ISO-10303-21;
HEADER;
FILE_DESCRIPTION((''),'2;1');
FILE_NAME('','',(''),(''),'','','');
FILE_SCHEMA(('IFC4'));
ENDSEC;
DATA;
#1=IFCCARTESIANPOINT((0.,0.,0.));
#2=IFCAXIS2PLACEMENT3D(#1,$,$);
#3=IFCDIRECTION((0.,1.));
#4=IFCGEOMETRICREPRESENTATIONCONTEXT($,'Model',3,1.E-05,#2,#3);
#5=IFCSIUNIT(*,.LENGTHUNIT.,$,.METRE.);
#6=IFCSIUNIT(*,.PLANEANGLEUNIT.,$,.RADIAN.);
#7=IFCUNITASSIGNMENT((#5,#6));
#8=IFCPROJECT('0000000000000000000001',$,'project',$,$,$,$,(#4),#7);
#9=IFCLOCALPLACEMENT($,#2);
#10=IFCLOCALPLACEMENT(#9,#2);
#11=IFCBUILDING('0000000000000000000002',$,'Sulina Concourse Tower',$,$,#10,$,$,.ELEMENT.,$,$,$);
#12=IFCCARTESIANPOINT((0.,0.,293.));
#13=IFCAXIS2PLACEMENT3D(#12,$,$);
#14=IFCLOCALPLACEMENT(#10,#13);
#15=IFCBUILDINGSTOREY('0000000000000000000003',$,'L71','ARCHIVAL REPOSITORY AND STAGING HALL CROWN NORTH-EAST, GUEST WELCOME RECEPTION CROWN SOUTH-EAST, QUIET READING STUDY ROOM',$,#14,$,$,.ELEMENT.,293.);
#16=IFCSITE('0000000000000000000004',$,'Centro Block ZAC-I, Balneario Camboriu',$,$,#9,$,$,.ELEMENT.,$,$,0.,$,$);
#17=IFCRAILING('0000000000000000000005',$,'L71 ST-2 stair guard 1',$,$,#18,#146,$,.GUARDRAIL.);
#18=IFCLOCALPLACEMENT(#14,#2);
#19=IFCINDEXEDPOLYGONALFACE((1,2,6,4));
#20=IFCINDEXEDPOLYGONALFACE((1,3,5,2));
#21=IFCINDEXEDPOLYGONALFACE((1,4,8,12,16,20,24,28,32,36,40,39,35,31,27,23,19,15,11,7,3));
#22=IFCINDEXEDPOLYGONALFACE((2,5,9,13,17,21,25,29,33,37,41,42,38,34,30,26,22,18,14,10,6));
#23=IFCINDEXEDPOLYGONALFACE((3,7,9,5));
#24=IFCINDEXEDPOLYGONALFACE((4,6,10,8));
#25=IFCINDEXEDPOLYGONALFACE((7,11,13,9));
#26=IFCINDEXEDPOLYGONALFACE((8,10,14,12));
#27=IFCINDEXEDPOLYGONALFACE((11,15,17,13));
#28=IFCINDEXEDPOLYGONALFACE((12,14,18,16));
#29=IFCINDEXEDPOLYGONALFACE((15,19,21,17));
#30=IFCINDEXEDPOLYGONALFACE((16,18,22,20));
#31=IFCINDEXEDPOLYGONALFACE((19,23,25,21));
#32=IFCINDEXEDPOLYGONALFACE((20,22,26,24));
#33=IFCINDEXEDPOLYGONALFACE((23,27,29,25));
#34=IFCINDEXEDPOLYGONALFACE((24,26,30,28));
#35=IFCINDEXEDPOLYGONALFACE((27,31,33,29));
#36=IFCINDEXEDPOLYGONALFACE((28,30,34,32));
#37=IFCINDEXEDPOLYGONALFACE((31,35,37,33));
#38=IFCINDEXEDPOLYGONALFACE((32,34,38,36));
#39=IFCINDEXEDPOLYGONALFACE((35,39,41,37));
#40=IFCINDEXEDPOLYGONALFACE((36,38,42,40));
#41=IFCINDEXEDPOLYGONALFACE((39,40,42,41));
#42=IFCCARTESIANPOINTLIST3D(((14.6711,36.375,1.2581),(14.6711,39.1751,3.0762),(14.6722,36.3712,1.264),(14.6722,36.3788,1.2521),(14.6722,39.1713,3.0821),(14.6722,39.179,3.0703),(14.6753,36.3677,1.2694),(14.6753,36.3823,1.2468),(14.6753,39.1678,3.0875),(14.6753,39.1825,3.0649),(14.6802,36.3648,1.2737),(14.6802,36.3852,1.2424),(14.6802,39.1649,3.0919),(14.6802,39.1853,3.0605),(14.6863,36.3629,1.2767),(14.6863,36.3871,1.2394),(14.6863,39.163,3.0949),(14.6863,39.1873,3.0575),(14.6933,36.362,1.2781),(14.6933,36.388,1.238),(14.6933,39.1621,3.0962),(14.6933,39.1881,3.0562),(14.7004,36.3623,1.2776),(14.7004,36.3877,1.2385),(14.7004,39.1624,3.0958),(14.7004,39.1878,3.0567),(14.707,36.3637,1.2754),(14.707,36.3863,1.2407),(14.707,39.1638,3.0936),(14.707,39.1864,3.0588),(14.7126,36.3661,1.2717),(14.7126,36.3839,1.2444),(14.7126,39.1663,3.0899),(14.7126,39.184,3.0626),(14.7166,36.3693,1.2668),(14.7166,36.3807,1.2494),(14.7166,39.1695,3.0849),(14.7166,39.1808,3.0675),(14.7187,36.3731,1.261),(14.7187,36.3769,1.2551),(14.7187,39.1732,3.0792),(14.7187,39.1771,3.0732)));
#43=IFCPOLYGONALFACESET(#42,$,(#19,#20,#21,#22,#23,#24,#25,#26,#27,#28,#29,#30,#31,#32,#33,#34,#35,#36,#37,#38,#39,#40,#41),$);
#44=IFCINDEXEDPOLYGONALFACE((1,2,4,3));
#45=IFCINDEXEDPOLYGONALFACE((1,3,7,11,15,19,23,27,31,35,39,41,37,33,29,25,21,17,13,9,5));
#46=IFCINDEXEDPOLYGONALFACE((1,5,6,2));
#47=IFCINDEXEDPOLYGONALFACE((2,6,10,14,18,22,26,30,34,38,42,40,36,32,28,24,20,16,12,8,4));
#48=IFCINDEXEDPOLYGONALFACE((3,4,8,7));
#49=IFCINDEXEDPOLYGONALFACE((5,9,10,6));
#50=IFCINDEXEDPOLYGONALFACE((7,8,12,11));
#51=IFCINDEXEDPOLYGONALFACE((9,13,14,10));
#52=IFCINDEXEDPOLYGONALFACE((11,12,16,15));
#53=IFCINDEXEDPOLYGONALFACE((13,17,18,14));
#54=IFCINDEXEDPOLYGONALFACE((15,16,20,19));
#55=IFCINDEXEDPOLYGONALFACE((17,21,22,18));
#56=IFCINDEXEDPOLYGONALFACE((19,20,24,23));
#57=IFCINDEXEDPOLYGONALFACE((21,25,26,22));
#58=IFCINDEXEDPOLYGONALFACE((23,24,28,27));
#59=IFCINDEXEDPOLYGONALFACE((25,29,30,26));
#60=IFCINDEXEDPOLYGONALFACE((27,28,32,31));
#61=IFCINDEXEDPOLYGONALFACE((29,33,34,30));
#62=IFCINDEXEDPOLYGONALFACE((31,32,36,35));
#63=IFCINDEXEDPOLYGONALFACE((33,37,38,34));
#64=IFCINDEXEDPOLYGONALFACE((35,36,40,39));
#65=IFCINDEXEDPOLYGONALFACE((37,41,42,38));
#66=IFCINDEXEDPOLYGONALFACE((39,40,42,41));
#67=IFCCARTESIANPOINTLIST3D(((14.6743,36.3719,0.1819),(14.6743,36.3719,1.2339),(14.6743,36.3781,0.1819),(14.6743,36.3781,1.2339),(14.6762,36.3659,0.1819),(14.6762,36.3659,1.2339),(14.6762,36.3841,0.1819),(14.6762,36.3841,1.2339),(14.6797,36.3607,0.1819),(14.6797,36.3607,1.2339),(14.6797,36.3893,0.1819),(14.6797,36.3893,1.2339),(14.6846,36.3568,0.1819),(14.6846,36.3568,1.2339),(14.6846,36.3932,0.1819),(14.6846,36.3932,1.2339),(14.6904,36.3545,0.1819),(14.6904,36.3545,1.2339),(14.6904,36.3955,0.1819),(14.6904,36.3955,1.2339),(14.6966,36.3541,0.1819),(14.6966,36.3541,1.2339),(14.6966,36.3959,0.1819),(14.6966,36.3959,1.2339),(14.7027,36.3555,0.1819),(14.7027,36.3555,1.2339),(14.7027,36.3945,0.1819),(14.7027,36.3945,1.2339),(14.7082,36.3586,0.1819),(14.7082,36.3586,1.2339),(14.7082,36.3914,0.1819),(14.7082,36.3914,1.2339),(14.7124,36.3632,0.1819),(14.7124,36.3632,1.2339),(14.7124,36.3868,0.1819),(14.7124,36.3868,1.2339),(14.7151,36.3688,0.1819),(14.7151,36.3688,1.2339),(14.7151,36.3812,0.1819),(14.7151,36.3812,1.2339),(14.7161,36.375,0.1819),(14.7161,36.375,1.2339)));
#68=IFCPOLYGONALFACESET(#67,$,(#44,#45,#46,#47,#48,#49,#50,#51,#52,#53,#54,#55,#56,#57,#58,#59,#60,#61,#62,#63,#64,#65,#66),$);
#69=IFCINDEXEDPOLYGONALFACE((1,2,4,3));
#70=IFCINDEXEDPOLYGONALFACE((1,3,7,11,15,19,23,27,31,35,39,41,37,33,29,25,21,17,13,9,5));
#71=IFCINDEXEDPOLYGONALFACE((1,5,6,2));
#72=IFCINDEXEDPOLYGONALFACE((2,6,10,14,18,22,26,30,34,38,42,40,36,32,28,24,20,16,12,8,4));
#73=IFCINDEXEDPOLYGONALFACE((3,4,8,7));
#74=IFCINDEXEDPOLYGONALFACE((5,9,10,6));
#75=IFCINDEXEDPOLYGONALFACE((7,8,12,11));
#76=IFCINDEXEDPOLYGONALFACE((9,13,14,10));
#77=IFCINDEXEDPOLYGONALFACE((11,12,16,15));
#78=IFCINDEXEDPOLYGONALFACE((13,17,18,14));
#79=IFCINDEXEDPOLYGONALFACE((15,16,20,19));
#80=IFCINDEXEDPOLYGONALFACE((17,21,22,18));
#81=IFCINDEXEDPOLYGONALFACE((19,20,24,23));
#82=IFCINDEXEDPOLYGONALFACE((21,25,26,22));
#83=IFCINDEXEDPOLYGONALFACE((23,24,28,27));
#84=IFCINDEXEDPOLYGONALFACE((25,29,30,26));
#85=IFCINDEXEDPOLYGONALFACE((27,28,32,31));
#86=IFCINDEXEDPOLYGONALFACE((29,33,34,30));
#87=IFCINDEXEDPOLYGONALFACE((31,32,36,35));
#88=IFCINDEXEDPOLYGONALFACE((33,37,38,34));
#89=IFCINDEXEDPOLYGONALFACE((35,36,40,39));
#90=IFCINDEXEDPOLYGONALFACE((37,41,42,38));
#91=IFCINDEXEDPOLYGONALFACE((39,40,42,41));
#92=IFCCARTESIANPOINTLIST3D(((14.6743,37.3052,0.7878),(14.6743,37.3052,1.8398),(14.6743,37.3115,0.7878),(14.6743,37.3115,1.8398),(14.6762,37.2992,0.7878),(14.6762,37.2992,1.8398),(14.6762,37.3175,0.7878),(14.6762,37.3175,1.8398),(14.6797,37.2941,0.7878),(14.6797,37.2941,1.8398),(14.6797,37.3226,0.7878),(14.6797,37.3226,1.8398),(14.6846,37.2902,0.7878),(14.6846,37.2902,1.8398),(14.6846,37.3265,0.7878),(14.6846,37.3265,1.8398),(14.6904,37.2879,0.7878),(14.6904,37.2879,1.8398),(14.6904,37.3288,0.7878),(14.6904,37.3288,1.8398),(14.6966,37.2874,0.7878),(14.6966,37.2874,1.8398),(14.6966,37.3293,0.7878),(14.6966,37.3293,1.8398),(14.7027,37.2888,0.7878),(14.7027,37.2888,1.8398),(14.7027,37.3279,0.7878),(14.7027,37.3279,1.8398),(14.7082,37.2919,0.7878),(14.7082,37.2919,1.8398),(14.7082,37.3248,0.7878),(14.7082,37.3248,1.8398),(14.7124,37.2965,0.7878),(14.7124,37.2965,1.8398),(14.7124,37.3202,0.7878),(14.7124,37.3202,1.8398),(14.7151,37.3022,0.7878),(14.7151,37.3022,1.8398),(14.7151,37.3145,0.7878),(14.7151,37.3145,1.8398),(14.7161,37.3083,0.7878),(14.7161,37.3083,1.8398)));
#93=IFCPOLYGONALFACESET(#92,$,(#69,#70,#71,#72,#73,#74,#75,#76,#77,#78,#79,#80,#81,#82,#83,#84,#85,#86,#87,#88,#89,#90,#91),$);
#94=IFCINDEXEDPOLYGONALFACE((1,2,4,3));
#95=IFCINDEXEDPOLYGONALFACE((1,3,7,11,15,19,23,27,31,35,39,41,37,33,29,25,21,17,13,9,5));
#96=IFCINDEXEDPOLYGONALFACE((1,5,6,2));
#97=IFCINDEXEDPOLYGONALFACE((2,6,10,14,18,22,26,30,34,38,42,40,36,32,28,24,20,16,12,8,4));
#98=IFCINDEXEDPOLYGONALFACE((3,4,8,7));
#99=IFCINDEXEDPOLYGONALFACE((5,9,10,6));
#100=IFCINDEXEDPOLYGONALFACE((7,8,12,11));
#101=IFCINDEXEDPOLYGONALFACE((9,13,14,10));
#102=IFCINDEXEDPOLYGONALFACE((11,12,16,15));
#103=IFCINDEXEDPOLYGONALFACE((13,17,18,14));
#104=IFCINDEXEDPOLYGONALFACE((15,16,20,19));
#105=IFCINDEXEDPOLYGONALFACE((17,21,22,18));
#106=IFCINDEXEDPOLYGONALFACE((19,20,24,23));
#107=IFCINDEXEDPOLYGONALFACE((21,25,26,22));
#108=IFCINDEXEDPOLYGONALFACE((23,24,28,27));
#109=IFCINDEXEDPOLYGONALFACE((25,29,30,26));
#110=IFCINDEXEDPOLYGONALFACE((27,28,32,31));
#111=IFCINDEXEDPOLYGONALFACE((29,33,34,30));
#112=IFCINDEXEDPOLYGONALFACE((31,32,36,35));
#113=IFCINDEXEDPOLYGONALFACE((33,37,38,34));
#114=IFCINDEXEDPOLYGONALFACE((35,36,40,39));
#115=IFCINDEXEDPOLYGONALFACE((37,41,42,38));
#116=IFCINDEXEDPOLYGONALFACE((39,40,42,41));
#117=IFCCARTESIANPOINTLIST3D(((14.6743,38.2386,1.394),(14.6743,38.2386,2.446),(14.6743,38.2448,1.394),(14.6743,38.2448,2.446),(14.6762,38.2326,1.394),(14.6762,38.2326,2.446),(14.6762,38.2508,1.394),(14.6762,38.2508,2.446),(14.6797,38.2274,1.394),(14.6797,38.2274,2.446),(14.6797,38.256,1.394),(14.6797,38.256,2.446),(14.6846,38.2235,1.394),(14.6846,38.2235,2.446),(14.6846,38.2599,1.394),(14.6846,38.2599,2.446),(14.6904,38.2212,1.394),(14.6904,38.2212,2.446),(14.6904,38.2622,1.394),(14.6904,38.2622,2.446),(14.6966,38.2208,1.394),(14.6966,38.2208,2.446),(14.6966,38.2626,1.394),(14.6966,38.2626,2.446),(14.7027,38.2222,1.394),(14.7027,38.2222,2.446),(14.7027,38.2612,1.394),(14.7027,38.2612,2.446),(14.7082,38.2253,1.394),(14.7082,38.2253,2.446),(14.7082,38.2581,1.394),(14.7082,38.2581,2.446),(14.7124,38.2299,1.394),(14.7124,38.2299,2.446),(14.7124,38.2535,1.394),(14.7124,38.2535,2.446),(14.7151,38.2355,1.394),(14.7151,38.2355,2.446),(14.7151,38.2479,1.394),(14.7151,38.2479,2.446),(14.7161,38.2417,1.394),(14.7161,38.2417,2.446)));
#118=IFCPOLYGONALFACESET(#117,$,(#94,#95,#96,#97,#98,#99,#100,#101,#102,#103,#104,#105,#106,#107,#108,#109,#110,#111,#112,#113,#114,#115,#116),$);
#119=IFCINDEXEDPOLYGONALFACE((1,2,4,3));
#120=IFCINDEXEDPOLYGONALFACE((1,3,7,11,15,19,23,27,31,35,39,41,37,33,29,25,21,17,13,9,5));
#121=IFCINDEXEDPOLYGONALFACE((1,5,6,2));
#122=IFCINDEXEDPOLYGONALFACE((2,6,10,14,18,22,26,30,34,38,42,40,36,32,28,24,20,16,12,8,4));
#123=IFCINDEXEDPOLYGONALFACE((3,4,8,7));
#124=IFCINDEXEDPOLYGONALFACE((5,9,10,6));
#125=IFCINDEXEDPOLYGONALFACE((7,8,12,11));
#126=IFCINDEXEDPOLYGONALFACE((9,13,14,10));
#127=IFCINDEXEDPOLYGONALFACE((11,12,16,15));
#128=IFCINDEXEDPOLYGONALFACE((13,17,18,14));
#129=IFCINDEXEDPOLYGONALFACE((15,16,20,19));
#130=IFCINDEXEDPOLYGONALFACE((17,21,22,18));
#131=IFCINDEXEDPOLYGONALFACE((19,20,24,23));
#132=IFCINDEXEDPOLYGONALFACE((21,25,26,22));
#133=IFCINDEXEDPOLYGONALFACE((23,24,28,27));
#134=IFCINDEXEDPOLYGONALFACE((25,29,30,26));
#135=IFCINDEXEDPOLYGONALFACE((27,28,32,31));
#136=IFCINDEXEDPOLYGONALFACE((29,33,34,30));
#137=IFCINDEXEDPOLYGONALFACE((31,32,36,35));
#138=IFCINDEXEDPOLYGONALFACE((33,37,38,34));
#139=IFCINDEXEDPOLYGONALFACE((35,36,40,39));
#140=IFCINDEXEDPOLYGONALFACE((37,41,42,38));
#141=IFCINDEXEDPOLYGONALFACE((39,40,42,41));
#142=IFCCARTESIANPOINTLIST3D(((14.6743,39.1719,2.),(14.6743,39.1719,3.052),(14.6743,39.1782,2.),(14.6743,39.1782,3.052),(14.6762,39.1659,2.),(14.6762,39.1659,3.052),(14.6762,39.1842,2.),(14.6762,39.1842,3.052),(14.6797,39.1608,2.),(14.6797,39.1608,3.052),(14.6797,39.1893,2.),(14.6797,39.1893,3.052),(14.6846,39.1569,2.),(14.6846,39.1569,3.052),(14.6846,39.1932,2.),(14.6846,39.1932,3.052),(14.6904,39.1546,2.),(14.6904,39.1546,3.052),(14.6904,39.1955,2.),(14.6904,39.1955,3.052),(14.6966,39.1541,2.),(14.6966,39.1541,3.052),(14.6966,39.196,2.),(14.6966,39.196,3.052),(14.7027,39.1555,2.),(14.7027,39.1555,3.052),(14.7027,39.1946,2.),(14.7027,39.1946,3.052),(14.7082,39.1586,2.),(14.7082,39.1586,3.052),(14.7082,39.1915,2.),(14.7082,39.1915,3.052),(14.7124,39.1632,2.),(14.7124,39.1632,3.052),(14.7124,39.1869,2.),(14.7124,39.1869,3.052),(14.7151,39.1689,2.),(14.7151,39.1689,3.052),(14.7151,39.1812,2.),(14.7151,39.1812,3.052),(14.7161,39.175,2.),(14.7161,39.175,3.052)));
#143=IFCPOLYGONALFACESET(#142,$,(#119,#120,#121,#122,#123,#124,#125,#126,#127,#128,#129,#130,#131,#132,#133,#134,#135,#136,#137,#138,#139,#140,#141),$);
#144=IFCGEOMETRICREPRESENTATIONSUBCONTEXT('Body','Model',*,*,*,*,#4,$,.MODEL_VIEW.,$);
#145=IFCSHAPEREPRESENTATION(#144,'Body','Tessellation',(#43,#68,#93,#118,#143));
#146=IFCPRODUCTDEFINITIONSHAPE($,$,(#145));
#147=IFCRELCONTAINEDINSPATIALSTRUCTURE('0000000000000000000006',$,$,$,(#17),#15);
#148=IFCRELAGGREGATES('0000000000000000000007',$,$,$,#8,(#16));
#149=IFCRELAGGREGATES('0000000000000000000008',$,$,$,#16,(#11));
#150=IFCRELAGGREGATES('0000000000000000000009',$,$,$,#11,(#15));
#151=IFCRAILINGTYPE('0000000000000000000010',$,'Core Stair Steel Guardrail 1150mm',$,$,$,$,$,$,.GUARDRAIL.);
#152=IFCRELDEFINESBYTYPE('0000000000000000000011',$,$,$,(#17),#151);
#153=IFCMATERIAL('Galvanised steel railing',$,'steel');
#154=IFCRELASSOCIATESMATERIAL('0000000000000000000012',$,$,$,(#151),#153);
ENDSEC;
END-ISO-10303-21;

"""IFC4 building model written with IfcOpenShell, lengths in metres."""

from ifc_helpers import new_model, si_unit, direction, frame, origin, origin_2d, place, context, subcontext, project, spatial, circle, extrude, material, type_object, element, save


model = new_model("IFC4")

# Units and contexts
model_context = context("Model", 3, precision=1e-05, world=origin(), true_north=direction((0.0, 1.0)))
body_context = subcontext(model_context, "Body", "Model", "MODEL_VIEW")
ifc_project = project(units=[si_unit("LENGTHUNIT", "METRE"), si_unit("PLANEANGLEUNIT", "RADIAN")], contexts=[model_context])

# Site, building, storey
site_placement = place(None, origin())
site = spatial("IfcSite", under=ifc_project, at=site_placement, Name="Centro Block ZAC-I, Balneario Camboriu", CompositionType="ELEMENT", RefElevation=0.0)
building_placement = place(site_placement, origin())
building = spatial("IfcBuilding", under=site, at=building_placement, Name="Sulina Concourse Tower", CompositionType="ELEMENT")
storey_placement = place(building_placement, frame((0.0, 0.0, 293.0)))
storey = spatial("IfcBuildingStorey", under=building, at=storey_placement, Name="L71", Description="ARCHIVAL REPOSITORY AND STAGING HALL CROWN NORTH-EAST, GUEST WELCOME RECEPTION CROWN SOUTH-EAST, QUIET READING STUDY ROOM", CompositionType="ELEMENT", Elevation=293.0)

# Railing
ifc_material_1 = material(Name="Galvanised steel railing", Category="steel")
railing_type_1 = type_object("IfcRailingType", Name="Core Stair Steel Guardrail 1150mm", PredefinedType="GUARDRAIL", material=ifc_material_1)
railing_1_placement = place(storey_placement, frame((14.6951, 36.375, 0.1819)))
element("IfcRailing", 1, at=railing_1_placement, inside=storey, type_object=railing_type_1, Name="L71 ST-2 stair guard 1", PredefinedType="GUARDRAIL", context=body_context, shape_type="SweptSolid", body=[
    extrude(circle(Radius=0.0239, at=origin_2d()), frame((0.0, 0.0, 1.0762), z_axis=(0.0, 0.838706, 0.544585), x_axis=(-1.0, 0.0, 0.0)), (0.0, 0.0, 1.0), 3.3386),
    extrude(circle(Radius=0.021, at=origin_2d()), origin(), (0.0, 0.0, 1.0), 1.052),
    extrude(circle(Radius=0.021, at=origin_2d()), frame((0.0, 0.9333, 0.606)), (0.0, 0.0, 1.0), 1.052),
    extrude(circle(Radius=0.021, at=origin_2d()), frame((0.0, 1.8667, 1.2122)), (0.0, 0.0, 1.0), 1.052),
    extrude(circle(Radius=0.021, at=origin_2d()), frame((0.0, 2.8, 1.8181)), (0.0, 0.0, 1.0), 1.052),
])

save(model, "model.ifc")
